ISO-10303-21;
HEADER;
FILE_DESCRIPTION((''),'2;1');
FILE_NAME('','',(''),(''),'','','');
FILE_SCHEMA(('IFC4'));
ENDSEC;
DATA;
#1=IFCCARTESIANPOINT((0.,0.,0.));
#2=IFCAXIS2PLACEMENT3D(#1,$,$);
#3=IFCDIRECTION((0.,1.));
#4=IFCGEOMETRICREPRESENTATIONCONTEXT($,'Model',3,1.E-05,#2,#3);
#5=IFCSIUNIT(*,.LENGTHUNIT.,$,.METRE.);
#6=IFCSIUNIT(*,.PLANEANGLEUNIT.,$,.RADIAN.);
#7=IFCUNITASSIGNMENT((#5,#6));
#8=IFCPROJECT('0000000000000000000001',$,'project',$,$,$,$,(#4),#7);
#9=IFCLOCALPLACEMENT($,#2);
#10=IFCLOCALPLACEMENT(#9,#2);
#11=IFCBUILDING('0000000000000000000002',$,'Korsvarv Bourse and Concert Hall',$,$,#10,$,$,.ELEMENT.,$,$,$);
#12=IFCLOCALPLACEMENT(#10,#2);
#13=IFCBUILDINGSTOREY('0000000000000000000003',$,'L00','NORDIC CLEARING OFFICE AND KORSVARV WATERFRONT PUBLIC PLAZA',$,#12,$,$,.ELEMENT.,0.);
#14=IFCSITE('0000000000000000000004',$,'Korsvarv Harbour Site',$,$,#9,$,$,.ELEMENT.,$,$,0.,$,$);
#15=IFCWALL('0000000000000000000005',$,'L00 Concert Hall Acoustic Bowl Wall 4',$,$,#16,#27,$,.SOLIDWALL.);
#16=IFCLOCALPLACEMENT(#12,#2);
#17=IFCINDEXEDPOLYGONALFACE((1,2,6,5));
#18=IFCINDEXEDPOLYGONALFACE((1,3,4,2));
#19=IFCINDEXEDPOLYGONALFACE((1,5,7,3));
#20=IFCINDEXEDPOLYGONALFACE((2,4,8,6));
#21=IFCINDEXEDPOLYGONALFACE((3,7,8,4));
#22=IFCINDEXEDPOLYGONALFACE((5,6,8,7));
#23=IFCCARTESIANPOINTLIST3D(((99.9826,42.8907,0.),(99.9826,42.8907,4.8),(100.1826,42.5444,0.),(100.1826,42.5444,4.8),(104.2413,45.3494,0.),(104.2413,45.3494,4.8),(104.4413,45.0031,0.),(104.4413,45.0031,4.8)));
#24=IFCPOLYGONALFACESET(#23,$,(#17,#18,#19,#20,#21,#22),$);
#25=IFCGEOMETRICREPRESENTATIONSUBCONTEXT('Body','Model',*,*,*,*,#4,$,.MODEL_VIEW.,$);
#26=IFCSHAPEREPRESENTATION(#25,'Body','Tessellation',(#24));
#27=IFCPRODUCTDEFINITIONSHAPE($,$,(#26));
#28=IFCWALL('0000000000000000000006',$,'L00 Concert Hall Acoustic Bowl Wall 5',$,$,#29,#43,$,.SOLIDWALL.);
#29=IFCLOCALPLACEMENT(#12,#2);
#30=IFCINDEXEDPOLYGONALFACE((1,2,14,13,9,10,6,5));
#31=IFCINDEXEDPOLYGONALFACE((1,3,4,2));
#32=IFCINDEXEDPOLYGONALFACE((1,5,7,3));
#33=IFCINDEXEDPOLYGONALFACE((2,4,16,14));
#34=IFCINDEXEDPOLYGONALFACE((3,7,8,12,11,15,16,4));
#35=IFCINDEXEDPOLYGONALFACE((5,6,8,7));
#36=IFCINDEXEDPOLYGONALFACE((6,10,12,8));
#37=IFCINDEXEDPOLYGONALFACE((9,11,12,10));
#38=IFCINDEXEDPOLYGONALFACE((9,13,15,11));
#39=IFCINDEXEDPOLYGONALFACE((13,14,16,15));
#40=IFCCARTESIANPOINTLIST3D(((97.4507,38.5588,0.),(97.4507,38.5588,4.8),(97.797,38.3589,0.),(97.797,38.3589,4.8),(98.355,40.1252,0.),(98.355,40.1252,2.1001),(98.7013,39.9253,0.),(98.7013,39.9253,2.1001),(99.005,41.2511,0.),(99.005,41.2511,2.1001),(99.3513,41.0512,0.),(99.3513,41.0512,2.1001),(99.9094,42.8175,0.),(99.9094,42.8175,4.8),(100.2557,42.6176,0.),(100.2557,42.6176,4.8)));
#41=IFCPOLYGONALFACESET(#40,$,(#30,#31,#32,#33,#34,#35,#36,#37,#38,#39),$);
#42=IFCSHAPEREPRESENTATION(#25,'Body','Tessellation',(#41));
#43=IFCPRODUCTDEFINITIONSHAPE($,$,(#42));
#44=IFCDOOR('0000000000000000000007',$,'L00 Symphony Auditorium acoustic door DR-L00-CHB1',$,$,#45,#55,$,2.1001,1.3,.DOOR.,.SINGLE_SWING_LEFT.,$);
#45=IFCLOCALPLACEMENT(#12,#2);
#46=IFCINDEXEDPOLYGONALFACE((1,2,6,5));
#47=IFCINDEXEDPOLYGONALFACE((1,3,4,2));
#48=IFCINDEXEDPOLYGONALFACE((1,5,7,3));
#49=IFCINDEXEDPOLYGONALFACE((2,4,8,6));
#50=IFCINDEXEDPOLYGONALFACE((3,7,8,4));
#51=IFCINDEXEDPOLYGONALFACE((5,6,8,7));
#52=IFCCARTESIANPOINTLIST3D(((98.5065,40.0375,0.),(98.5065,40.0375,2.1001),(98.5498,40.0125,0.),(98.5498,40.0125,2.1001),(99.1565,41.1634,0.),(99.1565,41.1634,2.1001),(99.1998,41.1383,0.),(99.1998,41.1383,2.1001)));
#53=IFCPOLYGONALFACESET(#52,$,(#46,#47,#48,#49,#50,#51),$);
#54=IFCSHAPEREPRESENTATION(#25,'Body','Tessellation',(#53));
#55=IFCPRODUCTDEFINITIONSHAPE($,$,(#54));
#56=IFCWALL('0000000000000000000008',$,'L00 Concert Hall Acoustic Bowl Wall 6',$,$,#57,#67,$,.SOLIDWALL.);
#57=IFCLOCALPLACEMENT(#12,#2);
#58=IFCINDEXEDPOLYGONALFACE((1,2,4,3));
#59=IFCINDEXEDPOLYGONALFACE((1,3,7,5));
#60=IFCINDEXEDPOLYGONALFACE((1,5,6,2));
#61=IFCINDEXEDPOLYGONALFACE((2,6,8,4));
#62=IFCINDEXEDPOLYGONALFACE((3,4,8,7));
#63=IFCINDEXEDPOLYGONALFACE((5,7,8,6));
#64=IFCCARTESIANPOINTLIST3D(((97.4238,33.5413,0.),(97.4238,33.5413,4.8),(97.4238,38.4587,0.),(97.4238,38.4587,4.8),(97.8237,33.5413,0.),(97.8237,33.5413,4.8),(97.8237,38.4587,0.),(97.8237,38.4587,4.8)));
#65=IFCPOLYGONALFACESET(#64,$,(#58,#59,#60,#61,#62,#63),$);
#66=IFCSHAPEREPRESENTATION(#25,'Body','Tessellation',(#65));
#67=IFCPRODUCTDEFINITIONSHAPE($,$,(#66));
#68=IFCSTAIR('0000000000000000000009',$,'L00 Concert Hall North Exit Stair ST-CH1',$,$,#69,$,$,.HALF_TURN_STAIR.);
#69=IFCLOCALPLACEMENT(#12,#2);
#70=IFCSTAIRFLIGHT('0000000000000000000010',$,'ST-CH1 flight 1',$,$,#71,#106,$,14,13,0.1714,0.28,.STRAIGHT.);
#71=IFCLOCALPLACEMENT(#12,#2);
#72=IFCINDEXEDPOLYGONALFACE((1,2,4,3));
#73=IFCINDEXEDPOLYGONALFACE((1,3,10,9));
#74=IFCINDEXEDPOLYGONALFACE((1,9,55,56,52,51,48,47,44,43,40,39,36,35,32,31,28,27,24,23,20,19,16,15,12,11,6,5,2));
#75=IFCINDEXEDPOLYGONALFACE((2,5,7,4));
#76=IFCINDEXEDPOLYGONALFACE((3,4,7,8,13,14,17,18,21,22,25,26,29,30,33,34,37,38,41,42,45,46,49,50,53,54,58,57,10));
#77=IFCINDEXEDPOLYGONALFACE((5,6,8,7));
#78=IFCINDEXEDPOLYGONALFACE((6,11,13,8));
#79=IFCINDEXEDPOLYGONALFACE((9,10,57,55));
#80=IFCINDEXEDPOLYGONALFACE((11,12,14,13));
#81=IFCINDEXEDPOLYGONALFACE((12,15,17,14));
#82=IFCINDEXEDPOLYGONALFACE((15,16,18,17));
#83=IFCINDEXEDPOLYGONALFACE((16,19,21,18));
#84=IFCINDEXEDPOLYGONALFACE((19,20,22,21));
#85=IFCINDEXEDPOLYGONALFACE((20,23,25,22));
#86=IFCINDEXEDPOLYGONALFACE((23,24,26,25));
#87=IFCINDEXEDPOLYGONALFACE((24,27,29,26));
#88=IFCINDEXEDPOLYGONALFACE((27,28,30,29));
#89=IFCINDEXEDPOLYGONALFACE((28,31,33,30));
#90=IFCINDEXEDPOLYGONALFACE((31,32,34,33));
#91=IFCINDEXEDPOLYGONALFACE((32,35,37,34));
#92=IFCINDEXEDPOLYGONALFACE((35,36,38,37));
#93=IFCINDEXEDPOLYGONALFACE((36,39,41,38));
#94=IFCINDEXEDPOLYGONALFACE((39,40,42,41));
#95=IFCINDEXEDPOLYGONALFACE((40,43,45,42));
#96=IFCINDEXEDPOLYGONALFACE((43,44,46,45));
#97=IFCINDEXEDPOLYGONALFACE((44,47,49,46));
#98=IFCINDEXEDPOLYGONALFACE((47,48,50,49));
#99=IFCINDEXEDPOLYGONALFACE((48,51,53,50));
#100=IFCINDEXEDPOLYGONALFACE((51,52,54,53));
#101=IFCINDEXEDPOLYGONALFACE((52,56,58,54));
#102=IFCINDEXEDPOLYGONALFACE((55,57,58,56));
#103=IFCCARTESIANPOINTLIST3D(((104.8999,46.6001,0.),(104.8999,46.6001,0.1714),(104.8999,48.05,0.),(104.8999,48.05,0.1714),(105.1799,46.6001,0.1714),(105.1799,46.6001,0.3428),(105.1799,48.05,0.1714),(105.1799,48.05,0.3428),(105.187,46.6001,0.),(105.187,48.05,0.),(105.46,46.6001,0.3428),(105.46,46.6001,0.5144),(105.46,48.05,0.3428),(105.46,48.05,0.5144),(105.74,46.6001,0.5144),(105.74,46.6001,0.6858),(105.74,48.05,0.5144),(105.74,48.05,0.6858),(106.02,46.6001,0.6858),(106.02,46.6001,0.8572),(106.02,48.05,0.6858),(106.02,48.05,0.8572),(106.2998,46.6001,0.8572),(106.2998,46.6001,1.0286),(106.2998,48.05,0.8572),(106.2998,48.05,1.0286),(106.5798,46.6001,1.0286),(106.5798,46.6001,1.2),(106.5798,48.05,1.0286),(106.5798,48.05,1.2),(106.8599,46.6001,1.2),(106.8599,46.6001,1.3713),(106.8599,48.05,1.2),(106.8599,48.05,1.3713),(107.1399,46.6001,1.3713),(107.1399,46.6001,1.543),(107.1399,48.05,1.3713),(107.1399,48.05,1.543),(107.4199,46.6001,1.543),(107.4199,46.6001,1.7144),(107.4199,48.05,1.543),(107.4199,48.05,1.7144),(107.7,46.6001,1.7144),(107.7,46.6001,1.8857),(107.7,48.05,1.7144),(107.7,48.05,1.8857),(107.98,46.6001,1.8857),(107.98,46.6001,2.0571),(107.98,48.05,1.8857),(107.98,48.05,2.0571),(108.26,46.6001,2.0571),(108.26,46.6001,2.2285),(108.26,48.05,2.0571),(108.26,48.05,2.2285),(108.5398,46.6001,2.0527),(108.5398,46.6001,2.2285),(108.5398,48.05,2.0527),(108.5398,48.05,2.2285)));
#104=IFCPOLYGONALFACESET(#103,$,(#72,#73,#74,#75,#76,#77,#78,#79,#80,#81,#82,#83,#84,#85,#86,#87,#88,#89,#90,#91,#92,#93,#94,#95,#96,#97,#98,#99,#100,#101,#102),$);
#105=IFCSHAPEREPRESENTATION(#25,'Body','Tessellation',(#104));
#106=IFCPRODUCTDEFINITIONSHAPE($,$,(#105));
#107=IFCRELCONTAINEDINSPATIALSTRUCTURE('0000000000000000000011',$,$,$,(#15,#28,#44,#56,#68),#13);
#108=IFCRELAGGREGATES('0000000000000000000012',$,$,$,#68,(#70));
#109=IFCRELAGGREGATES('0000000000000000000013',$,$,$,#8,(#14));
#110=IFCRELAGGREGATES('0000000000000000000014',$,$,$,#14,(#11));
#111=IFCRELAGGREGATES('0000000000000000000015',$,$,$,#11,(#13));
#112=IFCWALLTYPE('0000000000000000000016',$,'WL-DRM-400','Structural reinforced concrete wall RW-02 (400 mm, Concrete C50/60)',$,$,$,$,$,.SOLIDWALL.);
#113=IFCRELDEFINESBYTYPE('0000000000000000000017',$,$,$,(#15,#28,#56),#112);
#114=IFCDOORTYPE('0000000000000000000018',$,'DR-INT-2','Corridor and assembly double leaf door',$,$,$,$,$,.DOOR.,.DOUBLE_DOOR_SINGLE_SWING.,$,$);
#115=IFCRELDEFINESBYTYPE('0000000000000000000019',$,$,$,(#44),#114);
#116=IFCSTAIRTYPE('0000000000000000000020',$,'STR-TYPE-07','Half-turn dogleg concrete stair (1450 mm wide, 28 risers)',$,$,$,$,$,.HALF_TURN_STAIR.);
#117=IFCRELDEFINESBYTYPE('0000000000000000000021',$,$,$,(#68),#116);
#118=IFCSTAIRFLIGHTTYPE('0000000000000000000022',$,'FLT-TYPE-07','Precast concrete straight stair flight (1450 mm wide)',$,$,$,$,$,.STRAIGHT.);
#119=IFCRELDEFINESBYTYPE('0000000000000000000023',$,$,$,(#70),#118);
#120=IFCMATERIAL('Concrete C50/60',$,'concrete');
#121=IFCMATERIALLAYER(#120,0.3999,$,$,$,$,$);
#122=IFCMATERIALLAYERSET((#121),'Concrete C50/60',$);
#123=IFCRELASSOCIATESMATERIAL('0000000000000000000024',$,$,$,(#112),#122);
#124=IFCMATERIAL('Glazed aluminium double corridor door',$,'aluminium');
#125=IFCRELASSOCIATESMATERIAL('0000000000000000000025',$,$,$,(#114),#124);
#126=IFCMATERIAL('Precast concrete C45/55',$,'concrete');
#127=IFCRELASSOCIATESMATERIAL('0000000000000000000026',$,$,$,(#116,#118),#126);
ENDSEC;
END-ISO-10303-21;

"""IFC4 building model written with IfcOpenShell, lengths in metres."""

from ifc_helpers import new_model, si_unit, direction, frame, frame_2d, origin, place, context, subcontext, project, spatial, polyline, rectangle, outline, extrude, material, layer, layer_set, type_object, element, fill, aggregate, save


model = new_model("IFC4")

# Units and contexts
model_context = context("Model", 3, precision=1e-05, world=origin(), true_north=direction((0.0, 1.0)))
body_context = subcontext(model_context, "Body", "Model", "MODEL_VIEW")
ifc_project = project(units=[si_unit("LENGTHUNIT", "METRE"), si_unit("PLANEANGLEUNIT", "RADIAN")], contexts=[model_context])

# Site, building, storey
site_placement = place(None, origin())
site = spatial("IfcSite", under=ifc_project, at=site_placement, Name="Korsvarv Harbour Site", CompositionType="ELEMENT", RefElevation=0.0)
building_placement = place(site_placement, origin())
building = spatial("IfcBuilding", under=site, at=building_placement, Name="Korsvarv Bourse and Concert Hall", CompositionType="ELEMENT")
storey_placement = place(building_placement, origin())
storey = spatial("IfcBuildingStorey", under=building, at=storey_placement, Name="L00", Description="NORDIC CLEARING OFFICE AND KORSVARV WATERFRONT PUBLIC PLAZA", CompositionType="ELEMENT", Elevation=0.0)

# Shared definitions
ifc_material_1 = material(Name="Concrete C50/60", Category="concrete")

# Wall
ifc_layer_1 = layer(ifc_material_1, 0.3999)
ifc_layer_set_1 = layer_set([ifc_layer_1], Name="Concrete C50/60")
wall_type_1 = type_object("IfcWallType", Name="WL-DRM-400", Description="Structural reinforced concrete wall RW-02 (400 mm, Concrete C50/60)", PredefinedType="SOLIDWALL", material=ifc_layer_set_1)
wall_1_placement = place(storey_placement, frame((104.3413, 45.1763, 0.0), z_axis=(0.0, 0.0, 1.0), x_axis=(-0.866032, -0.499989, 0.0)))
element("IfcWall", 1, at=wall_1_placement, inside=storey, type_object=wall_type_1, Name="L00 Concert Hall Acoustic Bowl Wall 4", PredefinedType="SOLIDWALL", context=body_context, shape_type="SweptSolid", body=[
    extrude(rectangle(XDim=4.9175, YDim=0.3999, at=frame_2d((2.4587, 0.0))), origin(), (0.0, 0.0, 1.0), 4.8),
])

# Wall, opening, door
wall_2_placement = place(storey_placement, frame((100.0825, 42.7175, 0.0), z_axis=(0.0, 0.0, 1.0), x_axis=(-0.499989, -0.866032, 0.0)))
wall_2 = element("IfcWall", 2, at=wall_2_placement, inside=storey, type_object=wall_type_1, Name="L00 Concert Hall Acoustic Bowl Wall 5", PredefinedType="SOLIDWALL", context=body_context, shape_type="SweptSolid", body=[
    extrude(rectangle(XDim=4.9175, YDim=0.3999, at=frame_2d((2.4587, 0.0))), origin(), (0.0, 0.0, 1.0), 4.8),
])
opening_1_placement = place(wall_2_placement, frame((1.8088, 0.0, 0.0)))
opening_1 = element("IfcOpeningElement", 3, at=opening_1_placement, cuts=wall_2, PredefinedType="OPENING", context=body_context, shape_type="SweptSolid", body=[
    extrude(rectangle(XDim=1.3, YDim=2.1001, at=frame_2d((0.6499, 1.05))), frame((0.0, 0.21, 0.0), z_axis=(0.0, -1.0, 0.0), x_axis=(1.0, 0.0, 0.0)), (0.0, 0.0, 1.0), 0.4199),
])
ifc_material_2 = material(Name="Glazed aluminium double corridor door", Category="aluminium")
door_type_1 = type_object("IfcDoorType", Name="DR-INT-2", Description="Corridor and assembly double leaf door", OperationType="DOUBLE_DOOR_SINGLE_SWING", PredefinedType="DOOR", material=ifc_material_2)
door_1_placement = place(opening_1_placement, frame((1.3, 0.0, 0.0), z_axis=(0.0, 0.0, 1.0), x_axis=(-1.0, 0.0, 0.0)))
door_1 = element("IfcDoor", 4, at=door_1_placement, inside=storey, type_object=door_type_1, Name="L00 Symphony Auditorium acoustic door DR-L00-CHB1", OperationType="SINGLE_SWING_LEFT", OverallHeight=2.1001, OverallWidth=1.3, PredefinedType="DOOR", context=body_context, shape_type="SweptSolid", body=[
    extrude(rectangle(XDim=1.3, YDim=2.1001, at=frame_2d((0.6499, 1.05))), frame((0.0, 0.0249, 0.0), z_axis=(0.0, -1.0, 0.0), x_axis=(1.0, 0.0, 0.0)), (0.0, 0.0, 1.0), 0.05),
])
fill(opening_1, door_1)

# Wall
wall_3_placement = place(storey_placement, frame((97.6238, 38.4587, 0.0), z_axis=(0.0, 0.0, 1.0), x_axis=(0.0, -1.0, 0.0)))
element("IfcWall", 5, at=wall_3_placement, inside=storey, type_object=wall_type_1, Name="L00 Concert Hall Acoustic Bowl Wall 6", PredefinedType="SOLIDWALL", context=body_context, shape_type="SweptSolid", body=[
    extrude(rectangle(XDim=4.9175, YDim=0.3999, at=frame_2d((2.4587, 0.0))), origin(), (0.0, 0.0, 1.0), 4.8),
])

# Stair, stair flight
ifc_material_3 = material(Name="Precast concrete C45/55", Category="concrete")
stair_type = type_object("IfcStairType", Name="STR-TYPE-07", Description="Half-turn dogleg concrete stair (1450 mm wide, 28 risers)", PredefinedType="HALF_TURN_STAIR", material=ifc_material_3)
stair_placement = place(storey_placement, origin())
stair = element("IfcStair", 6, at=stair_placement, inside=storey, type_object=stair_type, Name="L00 Concert Hall North Exit Stair ST-CH1", PredefinedType="HALF_TURN_STAIR")
stair_flight_type = type_object("IfcStairFlightType", Name="FLT-TYPE-07", Description="Precast concrete straight stair flight (1450 mm wide)", PredefinedType="STRAIGHT", material=ifc_material_3)
stair_flight_placement = place(storey_placement, frame((104.8999, 47.325, 0.0), z_axis=(0.0, 0.0, 1.0), x_axis=(1.0, 0.0, 0.0)))
stair_flight = element("IfcStairFlight", 7, at=stair_flight_placement, type_object=stair_flight_type, Name="ST-CH1 flight 1", NumberOfRisers=14, NumberOfTreads=13, PredefinedType="STRAIGHT", RiserHeight=0.1714, TreadLength=0.28, context=body_context, shape_type="SweptSolid", body=[
    extrude(outline(polyline([(0.0, 0.0), (0.0, 0.1714), (0.28, 0.1714), (0.28, 0.3428), (0.5601, 0.3428), (0.5601, 0.5144), (0.8401, 0.5144), (0.8401, 0.6858), (1.1201, 0.6858), (1.1201, 0.8572), (1.3999, 0.8572), (1.3999, 1.0286), (1.6799, 1.0286), (1.6799, 1.2), (1.96, 1.2), (1.96, 1.3713), (2.24, 1.3713), (2.24, 1.543), (2.52, 1.543), (2.52, 1.7144), (2.8, 1.7144), (2.8, 1.8857), (3.0801, 1.8857), (3.0801, 2.0571), (3.3601, 2.0571), (3.3601, 2.2285), (3.6399, 2.2285), (3.6399, 2.3999), (3.6399, 2.0527), (0.2871, 0.0), (0.0, 0.0)])), frame((0.0, 0.7251, 0.0), z_axis=(0.0, -1.0, 0.0), x_axis=(1.0, 0.0, 0.0)), (0.0, 0.0, 1.0), 1.45),
])
aggregate(stair, [stair_flight])

save(model, "model.ifc")
